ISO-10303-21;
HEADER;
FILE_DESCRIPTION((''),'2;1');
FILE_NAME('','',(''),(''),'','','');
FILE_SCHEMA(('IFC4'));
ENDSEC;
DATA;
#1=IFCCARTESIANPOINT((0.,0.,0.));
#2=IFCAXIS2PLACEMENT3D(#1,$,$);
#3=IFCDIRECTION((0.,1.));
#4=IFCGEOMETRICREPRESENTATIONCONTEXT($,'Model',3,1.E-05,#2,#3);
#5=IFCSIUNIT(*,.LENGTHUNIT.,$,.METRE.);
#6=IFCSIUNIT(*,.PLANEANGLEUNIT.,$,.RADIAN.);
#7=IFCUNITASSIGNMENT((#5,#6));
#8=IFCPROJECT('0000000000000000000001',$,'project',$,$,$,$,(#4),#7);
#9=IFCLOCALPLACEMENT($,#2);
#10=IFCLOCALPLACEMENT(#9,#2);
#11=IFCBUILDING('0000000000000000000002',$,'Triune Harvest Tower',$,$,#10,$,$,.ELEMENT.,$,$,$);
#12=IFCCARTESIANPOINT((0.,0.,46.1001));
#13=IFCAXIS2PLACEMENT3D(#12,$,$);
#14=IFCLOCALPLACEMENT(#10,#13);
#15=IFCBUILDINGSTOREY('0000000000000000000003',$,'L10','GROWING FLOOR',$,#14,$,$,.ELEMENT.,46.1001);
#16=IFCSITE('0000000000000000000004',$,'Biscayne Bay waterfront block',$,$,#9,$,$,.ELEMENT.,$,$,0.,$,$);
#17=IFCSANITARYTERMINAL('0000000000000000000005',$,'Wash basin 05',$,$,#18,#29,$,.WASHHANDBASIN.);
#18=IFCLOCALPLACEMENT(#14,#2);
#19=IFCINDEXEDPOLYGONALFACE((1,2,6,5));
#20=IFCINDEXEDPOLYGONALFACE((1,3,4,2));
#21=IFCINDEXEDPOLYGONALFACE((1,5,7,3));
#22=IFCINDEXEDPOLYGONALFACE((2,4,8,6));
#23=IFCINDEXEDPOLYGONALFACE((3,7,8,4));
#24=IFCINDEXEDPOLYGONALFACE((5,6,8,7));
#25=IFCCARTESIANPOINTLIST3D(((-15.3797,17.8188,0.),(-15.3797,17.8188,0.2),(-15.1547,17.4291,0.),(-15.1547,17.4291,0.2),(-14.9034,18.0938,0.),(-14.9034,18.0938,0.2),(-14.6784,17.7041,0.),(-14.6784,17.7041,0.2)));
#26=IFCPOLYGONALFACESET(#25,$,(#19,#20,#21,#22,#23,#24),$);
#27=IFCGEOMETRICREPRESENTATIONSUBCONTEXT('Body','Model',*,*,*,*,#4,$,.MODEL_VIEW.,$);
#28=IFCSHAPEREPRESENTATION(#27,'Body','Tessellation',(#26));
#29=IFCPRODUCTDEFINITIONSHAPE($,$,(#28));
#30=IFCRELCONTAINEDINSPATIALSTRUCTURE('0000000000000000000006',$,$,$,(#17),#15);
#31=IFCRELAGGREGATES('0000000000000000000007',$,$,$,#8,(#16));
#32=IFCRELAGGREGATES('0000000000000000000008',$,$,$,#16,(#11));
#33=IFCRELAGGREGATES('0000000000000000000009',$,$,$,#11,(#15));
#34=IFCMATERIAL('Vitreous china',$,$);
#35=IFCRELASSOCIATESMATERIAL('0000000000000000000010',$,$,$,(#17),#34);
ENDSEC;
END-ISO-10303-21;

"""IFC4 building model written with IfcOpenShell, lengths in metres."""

from ifc_helpers import new_model, si_unit, direction, frame, origin, origin_2d, place, context, subcontext, project, spatial, rectangle, extrude, source, transform, mapped, material, element, save


model = new_model("IFC4")

# Units and contexts
model_context = context("Model", 3, precision=1e-05, world=origin(), true_north=direction((0.0, 1.0)))
body_context = subcontext(model_context, "Body", "Model", "MODEL_VIEW")
ifc_project = project(units=[si_unit("LENGTHUNIT", "METRE"), si_unit("PLANEANGLEUNIT", "RADIAN")], contexts=[model_context])

# Site, building, storey
site_placement = place(None, origin())
site = spatial("IfcSite", under=ifc_project, at=site_placement, Name="Biscayne Bay waterfront block", CompositionType="ELEMENT", RefElevation=0.0)
building_placement = place(site_placement, origin())
building = spatial("IfcBuilding", under=site, at=building_placement, Name="Triune Harvest Tower", CompositionType="ELEMENT")
storey_placement = place(building_placement, frame((0.0, 0.0, 46.1001)))
storey = spatial("IfcBuildingStorey", under=building, at=storey_placement, Name="L10", Description="GROWING FLOOR", CompositionType="ELEMENT", Elevation=46.1001)

# Sanitary terminal
ifc_material_1 = material(Name="Vitreous china")
shared_shape_1 = source(origin(), body_context, "Body", "SweptSolid", [
    extrude(rectangle(XDim=0.55, YDim=0.45, at=origin_2d()), origin(), (0.0, 0.0, 1.0), 0.2),
])
sanitary_terminal_1_placement = place(storey_placement, frame((-15.0291, 17.7615, 0.0), z_axis=(0.0, 0.0, 1.0), x_axis=(0.866034, 0.499985, 0.0)))
element("IfcSanitaryTerminal", 1, at=sanitary_terminal_1_placement, inside=storey, material=ifc_material_1, Name="Wash basin 05", PredefinedType="WASHHANDBASIN", context=body_context, shape_type="MappedRepresentation", body=[
    mapped(shared_shape_1, transform((0.0, 0.0, 0.0), scale=1.0)),
])

save(model, "model.ifc")
